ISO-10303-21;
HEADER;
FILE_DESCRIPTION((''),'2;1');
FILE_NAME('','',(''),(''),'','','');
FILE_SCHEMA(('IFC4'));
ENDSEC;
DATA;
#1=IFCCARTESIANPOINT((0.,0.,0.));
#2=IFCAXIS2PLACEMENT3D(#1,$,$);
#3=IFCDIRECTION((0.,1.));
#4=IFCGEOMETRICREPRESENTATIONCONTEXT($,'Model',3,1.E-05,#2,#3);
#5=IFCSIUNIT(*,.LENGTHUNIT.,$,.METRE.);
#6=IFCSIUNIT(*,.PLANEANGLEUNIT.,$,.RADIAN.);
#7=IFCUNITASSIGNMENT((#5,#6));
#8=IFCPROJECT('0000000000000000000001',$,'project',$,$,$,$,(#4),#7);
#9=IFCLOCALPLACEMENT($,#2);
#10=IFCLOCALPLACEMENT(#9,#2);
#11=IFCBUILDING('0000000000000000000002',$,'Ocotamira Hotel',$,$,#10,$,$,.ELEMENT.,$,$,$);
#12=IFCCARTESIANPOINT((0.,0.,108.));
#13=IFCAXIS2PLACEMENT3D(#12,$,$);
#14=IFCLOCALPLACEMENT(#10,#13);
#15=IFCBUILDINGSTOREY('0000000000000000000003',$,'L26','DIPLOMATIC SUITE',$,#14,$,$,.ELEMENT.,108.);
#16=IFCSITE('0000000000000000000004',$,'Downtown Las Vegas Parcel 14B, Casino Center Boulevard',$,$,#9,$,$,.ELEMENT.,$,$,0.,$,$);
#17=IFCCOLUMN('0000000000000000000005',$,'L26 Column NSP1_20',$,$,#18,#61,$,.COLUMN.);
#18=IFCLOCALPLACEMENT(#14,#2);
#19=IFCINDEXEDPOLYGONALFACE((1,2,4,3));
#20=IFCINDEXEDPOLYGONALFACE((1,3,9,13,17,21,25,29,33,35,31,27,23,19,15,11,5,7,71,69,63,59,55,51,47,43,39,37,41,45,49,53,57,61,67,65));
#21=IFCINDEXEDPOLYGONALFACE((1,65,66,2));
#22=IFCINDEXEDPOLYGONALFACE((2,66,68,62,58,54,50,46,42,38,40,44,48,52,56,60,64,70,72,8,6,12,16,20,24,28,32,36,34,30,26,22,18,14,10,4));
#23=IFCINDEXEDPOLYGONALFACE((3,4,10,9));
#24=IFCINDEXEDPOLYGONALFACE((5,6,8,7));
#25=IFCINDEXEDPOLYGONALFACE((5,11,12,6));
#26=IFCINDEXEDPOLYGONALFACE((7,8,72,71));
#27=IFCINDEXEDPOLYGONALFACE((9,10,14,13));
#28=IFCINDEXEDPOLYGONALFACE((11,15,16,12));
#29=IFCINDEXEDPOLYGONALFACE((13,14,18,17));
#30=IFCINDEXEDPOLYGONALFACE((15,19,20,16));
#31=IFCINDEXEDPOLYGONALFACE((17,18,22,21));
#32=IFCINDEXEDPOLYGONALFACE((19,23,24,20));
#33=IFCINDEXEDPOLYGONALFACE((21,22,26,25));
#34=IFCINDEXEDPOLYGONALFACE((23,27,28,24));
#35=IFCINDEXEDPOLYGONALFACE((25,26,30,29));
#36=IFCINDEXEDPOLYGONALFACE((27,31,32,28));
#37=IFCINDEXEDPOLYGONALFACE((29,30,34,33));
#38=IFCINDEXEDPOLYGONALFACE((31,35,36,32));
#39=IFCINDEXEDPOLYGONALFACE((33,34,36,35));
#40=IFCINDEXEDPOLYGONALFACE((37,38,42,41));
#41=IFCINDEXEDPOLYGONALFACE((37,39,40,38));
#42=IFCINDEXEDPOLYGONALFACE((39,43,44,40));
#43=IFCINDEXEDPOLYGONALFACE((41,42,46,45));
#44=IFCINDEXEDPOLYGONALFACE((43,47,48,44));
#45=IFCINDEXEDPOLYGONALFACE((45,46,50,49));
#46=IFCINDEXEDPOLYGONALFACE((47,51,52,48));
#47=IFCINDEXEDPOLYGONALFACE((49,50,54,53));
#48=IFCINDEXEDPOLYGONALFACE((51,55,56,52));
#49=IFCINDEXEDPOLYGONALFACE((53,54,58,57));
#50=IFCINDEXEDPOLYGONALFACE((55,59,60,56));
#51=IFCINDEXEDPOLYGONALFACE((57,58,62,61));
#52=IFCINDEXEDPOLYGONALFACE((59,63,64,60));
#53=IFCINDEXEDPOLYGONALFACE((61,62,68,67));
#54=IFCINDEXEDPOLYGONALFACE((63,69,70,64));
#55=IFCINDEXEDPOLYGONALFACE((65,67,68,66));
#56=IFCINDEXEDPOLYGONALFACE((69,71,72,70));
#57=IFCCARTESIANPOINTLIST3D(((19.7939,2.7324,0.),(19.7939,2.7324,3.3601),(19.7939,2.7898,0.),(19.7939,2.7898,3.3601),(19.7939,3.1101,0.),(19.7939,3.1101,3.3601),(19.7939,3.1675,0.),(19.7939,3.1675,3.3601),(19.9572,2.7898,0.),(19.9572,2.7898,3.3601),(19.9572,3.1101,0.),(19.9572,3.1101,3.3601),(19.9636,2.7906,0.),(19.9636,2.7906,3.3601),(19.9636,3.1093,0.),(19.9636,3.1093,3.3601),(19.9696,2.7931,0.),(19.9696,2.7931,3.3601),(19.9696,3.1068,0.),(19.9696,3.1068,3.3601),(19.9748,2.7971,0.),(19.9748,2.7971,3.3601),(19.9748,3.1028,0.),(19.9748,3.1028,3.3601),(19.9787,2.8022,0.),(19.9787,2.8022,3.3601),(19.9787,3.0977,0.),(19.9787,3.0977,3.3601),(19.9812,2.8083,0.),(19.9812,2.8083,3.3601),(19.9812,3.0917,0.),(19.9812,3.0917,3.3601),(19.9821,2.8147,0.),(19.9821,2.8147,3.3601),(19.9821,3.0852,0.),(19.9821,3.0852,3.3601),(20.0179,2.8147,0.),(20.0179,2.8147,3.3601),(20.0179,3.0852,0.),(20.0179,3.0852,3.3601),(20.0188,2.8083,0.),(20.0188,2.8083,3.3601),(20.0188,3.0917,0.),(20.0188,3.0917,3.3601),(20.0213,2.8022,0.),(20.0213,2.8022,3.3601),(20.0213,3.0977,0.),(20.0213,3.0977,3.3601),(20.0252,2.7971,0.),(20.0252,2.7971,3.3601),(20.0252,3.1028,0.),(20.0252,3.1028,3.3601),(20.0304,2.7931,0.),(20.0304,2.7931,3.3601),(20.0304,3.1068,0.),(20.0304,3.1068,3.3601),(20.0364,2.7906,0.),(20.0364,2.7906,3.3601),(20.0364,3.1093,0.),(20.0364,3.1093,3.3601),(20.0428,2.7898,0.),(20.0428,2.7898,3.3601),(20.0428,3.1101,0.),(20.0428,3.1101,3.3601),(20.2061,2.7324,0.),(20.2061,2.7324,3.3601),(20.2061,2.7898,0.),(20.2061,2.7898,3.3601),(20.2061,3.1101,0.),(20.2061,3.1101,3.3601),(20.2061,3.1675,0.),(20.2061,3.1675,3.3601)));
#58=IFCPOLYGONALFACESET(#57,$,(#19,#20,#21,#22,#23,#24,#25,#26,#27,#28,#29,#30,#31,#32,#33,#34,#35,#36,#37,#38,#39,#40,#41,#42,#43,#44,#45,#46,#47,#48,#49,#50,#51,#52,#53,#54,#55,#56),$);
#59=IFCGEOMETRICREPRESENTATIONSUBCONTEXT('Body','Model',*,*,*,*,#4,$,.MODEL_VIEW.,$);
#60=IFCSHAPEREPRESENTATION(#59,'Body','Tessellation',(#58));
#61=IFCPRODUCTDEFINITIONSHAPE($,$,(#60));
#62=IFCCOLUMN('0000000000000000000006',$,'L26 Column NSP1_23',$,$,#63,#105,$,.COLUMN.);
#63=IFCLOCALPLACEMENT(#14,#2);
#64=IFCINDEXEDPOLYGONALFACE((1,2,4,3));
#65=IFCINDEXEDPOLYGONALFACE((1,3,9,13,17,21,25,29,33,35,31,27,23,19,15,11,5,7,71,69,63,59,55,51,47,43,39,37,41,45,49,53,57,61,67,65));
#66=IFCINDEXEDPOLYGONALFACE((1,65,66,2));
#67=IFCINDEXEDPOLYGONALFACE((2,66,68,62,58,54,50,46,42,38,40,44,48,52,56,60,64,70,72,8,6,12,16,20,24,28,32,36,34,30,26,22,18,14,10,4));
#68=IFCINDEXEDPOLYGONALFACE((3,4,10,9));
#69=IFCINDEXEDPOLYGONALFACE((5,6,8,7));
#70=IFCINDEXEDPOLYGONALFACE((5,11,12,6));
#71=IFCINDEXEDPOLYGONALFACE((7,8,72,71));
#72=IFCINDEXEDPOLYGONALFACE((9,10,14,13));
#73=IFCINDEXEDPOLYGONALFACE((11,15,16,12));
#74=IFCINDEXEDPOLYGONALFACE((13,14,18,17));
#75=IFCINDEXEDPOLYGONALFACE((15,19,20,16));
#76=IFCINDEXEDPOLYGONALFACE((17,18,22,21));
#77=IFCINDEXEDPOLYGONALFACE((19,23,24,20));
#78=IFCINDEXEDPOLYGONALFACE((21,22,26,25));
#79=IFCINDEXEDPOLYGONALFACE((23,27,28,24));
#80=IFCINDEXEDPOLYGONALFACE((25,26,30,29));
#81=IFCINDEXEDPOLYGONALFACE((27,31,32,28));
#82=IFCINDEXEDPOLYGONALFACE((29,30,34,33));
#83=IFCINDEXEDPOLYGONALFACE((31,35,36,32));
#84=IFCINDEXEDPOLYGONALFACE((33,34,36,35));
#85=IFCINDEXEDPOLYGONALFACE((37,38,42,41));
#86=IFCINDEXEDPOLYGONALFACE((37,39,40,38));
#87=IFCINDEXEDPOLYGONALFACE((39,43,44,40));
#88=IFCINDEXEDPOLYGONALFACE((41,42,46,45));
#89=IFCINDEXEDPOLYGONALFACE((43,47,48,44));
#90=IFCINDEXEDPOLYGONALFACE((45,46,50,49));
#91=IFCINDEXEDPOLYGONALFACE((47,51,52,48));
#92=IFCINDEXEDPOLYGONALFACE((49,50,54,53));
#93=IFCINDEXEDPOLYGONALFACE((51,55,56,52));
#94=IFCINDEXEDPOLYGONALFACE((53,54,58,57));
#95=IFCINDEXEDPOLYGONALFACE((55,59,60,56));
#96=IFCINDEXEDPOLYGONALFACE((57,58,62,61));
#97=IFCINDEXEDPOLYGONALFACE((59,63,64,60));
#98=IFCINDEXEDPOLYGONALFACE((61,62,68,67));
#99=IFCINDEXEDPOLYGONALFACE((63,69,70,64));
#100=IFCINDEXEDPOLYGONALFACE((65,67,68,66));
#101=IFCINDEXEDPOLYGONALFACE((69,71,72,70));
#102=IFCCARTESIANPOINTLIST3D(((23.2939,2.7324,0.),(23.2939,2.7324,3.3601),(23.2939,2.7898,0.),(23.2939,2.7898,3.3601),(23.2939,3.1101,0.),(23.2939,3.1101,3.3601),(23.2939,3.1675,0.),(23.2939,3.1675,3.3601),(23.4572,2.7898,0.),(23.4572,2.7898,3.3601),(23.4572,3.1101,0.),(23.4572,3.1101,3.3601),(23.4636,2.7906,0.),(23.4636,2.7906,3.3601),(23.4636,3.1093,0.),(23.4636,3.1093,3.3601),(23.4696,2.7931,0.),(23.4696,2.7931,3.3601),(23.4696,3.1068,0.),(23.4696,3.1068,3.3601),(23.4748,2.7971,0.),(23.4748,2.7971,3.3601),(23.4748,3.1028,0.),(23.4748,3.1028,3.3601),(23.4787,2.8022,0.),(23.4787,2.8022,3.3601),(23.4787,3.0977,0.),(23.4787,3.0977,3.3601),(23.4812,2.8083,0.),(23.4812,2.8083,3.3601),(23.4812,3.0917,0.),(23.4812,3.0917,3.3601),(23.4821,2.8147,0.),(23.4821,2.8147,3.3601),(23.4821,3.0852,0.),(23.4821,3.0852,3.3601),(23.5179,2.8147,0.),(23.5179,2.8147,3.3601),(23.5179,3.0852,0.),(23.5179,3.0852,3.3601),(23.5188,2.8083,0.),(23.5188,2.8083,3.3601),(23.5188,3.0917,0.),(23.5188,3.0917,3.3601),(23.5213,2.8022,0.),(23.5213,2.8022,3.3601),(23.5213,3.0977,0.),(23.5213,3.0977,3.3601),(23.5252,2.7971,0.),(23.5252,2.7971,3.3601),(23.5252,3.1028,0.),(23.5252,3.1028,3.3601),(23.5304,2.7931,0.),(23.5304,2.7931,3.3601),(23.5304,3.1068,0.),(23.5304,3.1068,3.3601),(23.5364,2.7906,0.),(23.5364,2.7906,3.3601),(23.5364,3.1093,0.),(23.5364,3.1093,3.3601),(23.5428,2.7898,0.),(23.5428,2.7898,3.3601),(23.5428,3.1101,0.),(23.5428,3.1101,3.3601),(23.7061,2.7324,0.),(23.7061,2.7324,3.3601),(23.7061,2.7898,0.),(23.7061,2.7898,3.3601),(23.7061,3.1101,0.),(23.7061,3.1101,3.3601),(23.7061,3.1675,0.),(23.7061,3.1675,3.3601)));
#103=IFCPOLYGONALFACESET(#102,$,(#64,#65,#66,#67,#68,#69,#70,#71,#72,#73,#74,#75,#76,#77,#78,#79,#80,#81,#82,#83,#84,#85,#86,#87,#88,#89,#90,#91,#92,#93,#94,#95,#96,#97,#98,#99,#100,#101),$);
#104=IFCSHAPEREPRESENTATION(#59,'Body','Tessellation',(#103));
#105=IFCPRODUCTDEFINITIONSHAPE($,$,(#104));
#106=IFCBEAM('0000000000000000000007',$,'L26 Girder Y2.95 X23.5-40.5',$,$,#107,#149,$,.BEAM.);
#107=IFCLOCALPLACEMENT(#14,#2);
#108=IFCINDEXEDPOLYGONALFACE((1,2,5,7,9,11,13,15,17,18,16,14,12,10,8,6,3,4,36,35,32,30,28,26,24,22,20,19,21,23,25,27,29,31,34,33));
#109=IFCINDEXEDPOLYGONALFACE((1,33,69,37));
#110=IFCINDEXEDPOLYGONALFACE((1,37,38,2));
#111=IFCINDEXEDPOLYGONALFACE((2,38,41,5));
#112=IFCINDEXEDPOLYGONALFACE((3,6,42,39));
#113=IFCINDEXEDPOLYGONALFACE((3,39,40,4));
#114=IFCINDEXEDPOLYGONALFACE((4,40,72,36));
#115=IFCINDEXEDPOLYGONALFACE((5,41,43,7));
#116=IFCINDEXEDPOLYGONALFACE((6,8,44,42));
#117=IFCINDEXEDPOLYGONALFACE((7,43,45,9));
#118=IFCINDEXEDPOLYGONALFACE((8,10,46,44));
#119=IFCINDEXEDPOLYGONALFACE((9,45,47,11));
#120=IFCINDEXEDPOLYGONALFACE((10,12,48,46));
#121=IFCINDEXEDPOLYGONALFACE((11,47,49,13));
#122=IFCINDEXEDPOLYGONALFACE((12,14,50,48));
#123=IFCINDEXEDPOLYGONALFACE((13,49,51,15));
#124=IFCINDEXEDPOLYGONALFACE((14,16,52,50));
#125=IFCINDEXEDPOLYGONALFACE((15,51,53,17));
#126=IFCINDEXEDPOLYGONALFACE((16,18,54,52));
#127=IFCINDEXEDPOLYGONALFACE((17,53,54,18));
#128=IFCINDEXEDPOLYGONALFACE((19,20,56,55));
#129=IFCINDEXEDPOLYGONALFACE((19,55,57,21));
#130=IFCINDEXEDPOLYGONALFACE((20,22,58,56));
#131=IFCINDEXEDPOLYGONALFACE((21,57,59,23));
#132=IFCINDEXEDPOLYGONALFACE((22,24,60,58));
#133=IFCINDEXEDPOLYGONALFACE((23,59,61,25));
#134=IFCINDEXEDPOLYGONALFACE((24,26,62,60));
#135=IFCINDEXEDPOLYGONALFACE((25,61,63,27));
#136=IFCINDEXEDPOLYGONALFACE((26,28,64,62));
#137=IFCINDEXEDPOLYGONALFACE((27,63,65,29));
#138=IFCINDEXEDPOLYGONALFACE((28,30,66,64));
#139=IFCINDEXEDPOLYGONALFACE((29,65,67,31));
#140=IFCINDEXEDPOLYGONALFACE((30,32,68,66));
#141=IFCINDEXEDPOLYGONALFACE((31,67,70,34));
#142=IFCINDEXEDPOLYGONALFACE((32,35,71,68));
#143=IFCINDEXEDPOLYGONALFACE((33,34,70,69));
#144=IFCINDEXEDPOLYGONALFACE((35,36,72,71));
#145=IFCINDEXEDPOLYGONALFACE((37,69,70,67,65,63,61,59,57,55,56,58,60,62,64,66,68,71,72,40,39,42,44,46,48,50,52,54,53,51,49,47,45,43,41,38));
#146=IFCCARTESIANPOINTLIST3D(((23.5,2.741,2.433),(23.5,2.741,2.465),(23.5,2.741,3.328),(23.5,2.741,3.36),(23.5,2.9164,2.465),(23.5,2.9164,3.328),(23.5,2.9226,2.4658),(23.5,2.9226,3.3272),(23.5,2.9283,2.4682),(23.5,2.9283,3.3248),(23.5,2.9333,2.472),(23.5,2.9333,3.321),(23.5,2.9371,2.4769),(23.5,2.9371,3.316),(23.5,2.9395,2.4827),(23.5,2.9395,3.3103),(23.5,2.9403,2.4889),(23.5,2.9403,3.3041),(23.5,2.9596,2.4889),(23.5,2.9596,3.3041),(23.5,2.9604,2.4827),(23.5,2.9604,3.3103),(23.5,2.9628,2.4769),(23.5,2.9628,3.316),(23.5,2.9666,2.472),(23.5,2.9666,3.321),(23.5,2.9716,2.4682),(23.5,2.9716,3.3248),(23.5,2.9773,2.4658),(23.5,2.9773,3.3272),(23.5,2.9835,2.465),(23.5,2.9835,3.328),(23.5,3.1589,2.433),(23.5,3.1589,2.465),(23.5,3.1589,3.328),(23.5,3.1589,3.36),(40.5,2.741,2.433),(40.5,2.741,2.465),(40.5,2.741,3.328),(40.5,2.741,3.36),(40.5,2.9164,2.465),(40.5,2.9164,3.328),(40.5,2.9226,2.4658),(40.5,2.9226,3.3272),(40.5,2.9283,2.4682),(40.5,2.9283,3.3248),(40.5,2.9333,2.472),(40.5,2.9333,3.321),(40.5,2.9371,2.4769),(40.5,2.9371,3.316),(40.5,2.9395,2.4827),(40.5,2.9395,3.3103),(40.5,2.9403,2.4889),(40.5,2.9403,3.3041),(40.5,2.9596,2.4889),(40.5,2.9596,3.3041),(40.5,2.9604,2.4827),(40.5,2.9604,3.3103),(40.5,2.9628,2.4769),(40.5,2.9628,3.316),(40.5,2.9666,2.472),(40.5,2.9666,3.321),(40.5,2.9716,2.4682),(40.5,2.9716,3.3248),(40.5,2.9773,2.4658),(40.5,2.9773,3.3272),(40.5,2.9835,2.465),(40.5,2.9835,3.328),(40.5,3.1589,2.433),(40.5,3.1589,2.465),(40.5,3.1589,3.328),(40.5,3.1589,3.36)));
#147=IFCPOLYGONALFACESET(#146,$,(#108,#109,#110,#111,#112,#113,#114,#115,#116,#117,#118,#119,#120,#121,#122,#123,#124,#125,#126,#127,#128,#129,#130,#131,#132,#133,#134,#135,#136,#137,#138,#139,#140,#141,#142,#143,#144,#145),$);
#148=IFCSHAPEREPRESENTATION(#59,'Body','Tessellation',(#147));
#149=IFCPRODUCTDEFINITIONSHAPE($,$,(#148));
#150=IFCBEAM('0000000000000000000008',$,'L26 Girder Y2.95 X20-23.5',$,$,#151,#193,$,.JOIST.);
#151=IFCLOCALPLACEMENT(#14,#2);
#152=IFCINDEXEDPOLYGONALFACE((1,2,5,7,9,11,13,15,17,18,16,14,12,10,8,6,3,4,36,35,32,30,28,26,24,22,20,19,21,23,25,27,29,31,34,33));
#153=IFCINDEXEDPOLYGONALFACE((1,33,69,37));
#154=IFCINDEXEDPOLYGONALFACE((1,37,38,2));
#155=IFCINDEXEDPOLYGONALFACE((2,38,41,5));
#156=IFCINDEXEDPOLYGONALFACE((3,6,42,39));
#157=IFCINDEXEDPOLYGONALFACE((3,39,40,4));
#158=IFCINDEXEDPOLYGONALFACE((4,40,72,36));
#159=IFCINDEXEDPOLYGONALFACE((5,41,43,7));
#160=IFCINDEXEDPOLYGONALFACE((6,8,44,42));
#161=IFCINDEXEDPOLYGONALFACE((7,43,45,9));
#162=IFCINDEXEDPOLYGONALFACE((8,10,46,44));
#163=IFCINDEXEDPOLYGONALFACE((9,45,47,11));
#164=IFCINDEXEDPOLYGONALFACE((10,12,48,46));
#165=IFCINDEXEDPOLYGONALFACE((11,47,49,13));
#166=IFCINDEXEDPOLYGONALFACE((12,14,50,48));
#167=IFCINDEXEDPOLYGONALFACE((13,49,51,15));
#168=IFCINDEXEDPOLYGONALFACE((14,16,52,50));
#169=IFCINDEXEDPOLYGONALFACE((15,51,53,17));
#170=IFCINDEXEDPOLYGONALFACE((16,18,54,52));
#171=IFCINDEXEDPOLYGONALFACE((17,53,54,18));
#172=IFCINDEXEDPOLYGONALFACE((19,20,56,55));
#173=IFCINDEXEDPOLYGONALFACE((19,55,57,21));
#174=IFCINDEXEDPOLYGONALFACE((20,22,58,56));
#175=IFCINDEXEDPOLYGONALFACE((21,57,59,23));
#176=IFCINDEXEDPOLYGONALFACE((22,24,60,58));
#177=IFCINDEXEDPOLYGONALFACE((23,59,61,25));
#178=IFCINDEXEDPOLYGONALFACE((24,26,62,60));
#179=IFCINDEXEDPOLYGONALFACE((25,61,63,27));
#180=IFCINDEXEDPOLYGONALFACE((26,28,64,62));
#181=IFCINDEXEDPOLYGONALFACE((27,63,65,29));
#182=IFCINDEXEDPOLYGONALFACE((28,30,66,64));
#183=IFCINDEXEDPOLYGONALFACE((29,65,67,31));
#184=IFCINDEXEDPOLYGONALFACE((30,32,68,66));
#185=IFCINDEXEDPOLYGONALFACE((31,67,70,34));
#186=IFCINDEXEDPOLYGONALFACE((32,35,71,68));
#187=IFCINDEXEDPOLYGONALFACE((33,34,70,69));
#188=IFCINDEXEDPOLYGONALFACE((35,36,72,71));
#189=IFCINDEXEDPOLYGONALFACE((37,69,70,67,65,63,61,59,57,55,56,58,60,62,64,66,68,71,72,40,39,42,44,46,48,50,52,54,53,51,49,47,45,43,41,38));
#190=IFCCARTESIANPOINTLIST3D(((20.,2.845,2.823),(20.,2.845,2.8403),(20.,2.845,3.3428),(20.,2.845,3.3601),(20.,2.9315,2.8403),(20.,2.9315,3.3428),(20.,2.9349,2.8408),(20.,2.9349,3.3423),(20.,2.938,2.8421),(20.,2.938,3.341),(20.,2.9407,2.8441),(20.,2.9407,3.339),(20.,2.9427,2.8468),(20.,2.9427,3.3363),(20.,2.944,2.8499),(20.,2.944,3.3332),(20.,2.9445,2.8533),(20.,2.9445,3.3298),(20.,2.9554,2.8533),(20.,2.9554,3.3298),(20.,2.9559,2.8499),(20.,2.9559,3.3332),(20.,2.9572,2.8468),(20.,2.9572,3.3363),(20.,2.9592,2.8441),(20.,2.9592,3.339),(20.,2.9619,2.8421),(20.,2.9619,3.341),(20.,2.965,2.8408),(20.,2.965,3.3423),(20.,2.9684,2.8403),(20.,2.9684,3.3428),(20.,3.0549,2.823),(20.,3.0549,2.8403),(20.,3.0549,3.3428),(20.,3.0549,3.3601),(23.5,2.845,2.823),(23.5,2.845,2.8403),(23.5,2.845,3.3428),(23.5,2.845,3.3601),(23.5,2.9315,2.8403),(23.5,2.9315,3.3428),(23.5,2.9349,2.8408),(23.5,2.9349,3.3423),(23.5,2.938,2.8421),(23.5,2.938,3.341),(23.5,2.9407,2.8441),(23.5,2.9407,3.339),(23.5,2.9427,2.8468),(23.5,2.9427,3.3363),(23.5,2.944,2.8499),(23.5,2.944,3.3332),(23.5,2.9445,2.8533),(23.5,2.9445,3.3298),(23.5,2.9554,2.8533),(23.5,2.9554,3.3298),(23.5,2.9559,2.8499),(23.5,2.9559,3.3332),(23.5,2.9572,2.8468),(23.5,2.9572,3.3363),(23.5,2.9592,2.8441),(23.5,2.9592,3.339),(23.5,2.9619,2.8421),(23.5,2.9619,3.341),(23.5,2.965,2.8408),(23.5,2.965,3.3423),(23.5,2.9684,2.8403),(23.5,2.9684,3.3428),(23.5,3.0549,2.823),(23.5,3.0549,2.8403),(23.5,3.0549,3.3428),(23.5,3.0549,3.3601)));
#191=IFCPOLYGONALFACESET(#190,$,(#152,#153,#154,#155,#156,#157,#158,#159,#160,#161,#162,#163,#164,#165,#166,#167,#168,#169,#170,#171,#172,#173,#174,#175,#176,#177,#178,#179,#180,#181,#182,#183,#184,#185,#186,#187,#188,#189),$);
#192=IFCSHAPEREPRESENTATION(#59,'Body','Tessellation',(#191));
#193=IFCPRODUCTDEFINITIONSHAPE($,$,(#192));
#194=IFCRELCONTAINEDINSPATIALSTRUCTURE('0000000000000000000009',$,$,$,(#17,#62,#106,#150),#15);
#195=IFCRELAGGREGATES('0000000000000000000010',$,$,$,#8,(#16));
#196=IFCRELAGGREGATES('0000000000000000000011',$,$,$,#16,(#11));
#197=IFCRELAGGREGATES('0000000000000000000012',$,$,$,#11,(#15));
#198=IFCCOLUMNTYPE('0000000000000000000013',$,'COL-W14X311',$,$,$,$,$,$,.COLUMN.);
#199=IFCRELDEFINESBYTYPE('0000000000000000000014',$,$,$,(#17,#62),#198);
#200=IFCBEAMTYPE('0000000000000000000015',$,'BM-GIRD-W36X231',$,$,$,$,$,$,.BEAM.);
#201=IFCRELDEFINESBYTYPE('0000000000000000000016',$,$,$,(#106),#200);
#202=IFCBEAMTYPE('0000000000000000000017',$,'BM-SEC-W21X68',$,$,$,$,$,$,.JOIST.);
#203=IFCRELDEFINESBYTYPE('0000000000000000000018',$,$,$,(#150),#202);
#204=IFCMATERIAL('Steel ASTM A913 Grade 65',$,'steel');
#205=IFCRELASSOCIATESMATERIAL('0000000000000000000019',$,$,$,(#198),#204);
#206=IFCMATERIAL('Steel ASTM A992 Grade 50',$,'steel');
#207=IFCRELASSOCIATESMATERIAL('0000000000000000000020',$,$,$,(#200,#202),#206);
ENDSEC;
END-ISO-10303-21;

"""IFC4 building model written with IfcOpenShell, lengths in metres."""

from ifc_helpers import new_model, si_unit, direction, frame, origin, origin_2d, place, context, subcontext, project, spatial, i_section, extrude, source, transform, mapped, material, material_profile, profile_set, type_object, element, save


model = new_model("IFC4")

# Units and contexts
model_context = context("Model", 3, precision=1e-05, world=origin(), true_north=direction((0.0, 1.0)))
body_context = subcontext(model_context, "Body", "Model", "MODEL_VIEW")
ifc_project = project(units=[si_unit("LENGTHUNIT", "METRE"), si_unit("PLANEANGLEUNIT", "RADIAN")], contexts=[model_context])

# Site, building, storey
site_placement = place(None, origin())
site = spatial("IfcSite", under=ifc_project, at=site_placement, Name="Downtown Las Vegas Parcel 14B, Casino Center Boulevard", CompositionType="ELEMENT", RefElevation=0.0)
building_placement = place(site_placement, origin())
building = spatial("IfcBuilding", under=site, at=building_placement, Name="Ocotamira Hotel", CompositionType="ELEMENT")
storey_placement = place(building_placement, frame((0.0, 0.0, 108.0)))
storey = spatial("IfcBuildingStorey", under=building, at=storey_placement, Name="L26", Description="DIPLOMATIC SUITE", CompositionType="ELEMENT", Elevation=108.0)

# Columns
ifc_material_1 = material(Name="Steel ASTM A913 Grade 65", Category="steel")
ifc_material_profile_1 = material_profile(ifc_material_1, i_section(OverallWidth=0.4121, OverallDepth=0.4351, WebThickness=0.0359, FlangeThickness=0.0574, FilletRadius=0.0249, at=origin_2d()), Name="W14X311")
ifc_profile_set_1 = profile_set([ifc_material_profile_1], Name="Steel ASTM A913 Grade 65")
column_type = type_object("IfcColumnType", Name="COL-W14X311", PredefinedType="COLUMN", material=ifc_profile_set_1)
shared_shape_1 = source(origin(), body_context, "Body", "SweptSolid", [
    extrude(i_section(OverallWidth=0.4121, OverallDepth=0.4351, WebThickness=0.0359, FlangeThickness=0.0574, FilletRadius=0.0249, at=origin_2d()), origin(), (0.0, 0.0, 1.0), 3.3601),
])
for number, where, z_axis, x_axis, name in (
    (1, (20.0, 2.95, 0.0), (0.0, 0.0, 1.0), (1.0, 0.0, 0.0), "L26 Column NSP1_20"),
    (2, (23.5, 2.95, 0.0), (0.0, 0.0, 1.0), (1.0, 0.0, 0.0), "L26 Column NSP1_23"),
):
    element("IfcColumn", number, at=place(storey_placement, frame(where, z_axis=z_axis, x_axis=x_axis)), inside=storey, type_object=column_type, Name=name, PredefinedType="COLUMN", context=body_context, shape_type="MappedRepresentation", body=[
        mapped(shared_shape_1, transform((0.0, 0.0, 0.0), scale=1.0)),
    ])

# Beams
ifc_material_2 = material(Name="Steel ASTM A992 Grade 50", Category="steel")
ifc_material_profile_2 = material_profile(ifc_material_2, i_section(OverallWidth=0.418, OverallDepth=0.927, WebThickness=0.0193, FlangeThickness=0.032, FilletRadius=0.0239, at=origin_2d()), Name="W36X231")
ifc_profile_set_2 = profile_set([ifc_material_profile_2], Name="Steel ASTM A992 Grade 50")
beam_type_1 = type_object("IfcBeamType", Name="BM-GIRD-W36X231", PredefinedType="BEAM", material=ifc_profile_set_2)
shared_shape_2 = source(origin(), body_context, "Body", "SweptSolid", [
    extrude(i_section(OverallWidth=0.418, OverallDepth=0.927, WebThickness=0.0193, FlangeThickness=0.032, FilletRadius=0.0239, at=origin_2d()), origin(), (0.0, 0.0, 1.0), 17.0),
])
beam_1_placement = place(storey_placement, frame((23.5, 2.95, 2.8965), z_axis=(1.0, 0.0, 0.0), x_axis=(0.0, 1.0, 0.0)))
element("IfcBeam", 3, at=beam_1_placement, inside=storey, type_object=beam_type_1, Name="L26 Girder Y2.95 X23.5-40.5", PredefinedType="BEAM", context=body_context, shape_type="MappedRepresentation", body=[
    mapped(shared_shape_2, transform((0.0, 0.0, 0.0), scale=1.0)),
])
ifc_material_profile_3 = material_profile(ifc_material_2, i_section(OverallWidth=0.21, OverallDepth=0.5371, WebThickness=0.011, FlangeThickness=0.0173, FilletRadius=0.0129, at=origin_2d()), Name="W21X68")
ifc_profile_set_3 = profile_set([ifc_material_profile_3], Name="Steel ASTM A992 Grade 50")
beam_type_2 = type_object("IfcBeamType", Name="BM-SEC-W21X68", PredefinedType="JOIST", material=ifc_profile_set_3)
shared_shape_3 = source(origin(), body_context, "Body", "SweptSolid", [
    extrude(i_section(OverallWidth=0.21, OverallDepth=0.5371, WebThickness=0.011, FlangeThickness=0.0173, FilletRadius=0.0129, at=origin_2d()), origin(), (0.0, 0.0, 1.0), 3.5),
])
beam_2_placement = place(storey_placement, frame((20.0, 2.95, 3.0916), z_axis=(1.0, 0.0, 0.0), x_axis=(0.0, 1.0, 0.0)))
element("IfcBeam", 4, at=beam_2_placement, inside=storey, type_object=beam_type_2, Name="L26 Girder Y2.95 X20-23.5", PredefinedType="JOIST", context=body_context, shape_type="MappedRepresentation", body=[
    mapped(shared_shape_3, transform((0.0, 0.0, 0.0), scale=1.0)),
])

save(model, "model.ifc")
